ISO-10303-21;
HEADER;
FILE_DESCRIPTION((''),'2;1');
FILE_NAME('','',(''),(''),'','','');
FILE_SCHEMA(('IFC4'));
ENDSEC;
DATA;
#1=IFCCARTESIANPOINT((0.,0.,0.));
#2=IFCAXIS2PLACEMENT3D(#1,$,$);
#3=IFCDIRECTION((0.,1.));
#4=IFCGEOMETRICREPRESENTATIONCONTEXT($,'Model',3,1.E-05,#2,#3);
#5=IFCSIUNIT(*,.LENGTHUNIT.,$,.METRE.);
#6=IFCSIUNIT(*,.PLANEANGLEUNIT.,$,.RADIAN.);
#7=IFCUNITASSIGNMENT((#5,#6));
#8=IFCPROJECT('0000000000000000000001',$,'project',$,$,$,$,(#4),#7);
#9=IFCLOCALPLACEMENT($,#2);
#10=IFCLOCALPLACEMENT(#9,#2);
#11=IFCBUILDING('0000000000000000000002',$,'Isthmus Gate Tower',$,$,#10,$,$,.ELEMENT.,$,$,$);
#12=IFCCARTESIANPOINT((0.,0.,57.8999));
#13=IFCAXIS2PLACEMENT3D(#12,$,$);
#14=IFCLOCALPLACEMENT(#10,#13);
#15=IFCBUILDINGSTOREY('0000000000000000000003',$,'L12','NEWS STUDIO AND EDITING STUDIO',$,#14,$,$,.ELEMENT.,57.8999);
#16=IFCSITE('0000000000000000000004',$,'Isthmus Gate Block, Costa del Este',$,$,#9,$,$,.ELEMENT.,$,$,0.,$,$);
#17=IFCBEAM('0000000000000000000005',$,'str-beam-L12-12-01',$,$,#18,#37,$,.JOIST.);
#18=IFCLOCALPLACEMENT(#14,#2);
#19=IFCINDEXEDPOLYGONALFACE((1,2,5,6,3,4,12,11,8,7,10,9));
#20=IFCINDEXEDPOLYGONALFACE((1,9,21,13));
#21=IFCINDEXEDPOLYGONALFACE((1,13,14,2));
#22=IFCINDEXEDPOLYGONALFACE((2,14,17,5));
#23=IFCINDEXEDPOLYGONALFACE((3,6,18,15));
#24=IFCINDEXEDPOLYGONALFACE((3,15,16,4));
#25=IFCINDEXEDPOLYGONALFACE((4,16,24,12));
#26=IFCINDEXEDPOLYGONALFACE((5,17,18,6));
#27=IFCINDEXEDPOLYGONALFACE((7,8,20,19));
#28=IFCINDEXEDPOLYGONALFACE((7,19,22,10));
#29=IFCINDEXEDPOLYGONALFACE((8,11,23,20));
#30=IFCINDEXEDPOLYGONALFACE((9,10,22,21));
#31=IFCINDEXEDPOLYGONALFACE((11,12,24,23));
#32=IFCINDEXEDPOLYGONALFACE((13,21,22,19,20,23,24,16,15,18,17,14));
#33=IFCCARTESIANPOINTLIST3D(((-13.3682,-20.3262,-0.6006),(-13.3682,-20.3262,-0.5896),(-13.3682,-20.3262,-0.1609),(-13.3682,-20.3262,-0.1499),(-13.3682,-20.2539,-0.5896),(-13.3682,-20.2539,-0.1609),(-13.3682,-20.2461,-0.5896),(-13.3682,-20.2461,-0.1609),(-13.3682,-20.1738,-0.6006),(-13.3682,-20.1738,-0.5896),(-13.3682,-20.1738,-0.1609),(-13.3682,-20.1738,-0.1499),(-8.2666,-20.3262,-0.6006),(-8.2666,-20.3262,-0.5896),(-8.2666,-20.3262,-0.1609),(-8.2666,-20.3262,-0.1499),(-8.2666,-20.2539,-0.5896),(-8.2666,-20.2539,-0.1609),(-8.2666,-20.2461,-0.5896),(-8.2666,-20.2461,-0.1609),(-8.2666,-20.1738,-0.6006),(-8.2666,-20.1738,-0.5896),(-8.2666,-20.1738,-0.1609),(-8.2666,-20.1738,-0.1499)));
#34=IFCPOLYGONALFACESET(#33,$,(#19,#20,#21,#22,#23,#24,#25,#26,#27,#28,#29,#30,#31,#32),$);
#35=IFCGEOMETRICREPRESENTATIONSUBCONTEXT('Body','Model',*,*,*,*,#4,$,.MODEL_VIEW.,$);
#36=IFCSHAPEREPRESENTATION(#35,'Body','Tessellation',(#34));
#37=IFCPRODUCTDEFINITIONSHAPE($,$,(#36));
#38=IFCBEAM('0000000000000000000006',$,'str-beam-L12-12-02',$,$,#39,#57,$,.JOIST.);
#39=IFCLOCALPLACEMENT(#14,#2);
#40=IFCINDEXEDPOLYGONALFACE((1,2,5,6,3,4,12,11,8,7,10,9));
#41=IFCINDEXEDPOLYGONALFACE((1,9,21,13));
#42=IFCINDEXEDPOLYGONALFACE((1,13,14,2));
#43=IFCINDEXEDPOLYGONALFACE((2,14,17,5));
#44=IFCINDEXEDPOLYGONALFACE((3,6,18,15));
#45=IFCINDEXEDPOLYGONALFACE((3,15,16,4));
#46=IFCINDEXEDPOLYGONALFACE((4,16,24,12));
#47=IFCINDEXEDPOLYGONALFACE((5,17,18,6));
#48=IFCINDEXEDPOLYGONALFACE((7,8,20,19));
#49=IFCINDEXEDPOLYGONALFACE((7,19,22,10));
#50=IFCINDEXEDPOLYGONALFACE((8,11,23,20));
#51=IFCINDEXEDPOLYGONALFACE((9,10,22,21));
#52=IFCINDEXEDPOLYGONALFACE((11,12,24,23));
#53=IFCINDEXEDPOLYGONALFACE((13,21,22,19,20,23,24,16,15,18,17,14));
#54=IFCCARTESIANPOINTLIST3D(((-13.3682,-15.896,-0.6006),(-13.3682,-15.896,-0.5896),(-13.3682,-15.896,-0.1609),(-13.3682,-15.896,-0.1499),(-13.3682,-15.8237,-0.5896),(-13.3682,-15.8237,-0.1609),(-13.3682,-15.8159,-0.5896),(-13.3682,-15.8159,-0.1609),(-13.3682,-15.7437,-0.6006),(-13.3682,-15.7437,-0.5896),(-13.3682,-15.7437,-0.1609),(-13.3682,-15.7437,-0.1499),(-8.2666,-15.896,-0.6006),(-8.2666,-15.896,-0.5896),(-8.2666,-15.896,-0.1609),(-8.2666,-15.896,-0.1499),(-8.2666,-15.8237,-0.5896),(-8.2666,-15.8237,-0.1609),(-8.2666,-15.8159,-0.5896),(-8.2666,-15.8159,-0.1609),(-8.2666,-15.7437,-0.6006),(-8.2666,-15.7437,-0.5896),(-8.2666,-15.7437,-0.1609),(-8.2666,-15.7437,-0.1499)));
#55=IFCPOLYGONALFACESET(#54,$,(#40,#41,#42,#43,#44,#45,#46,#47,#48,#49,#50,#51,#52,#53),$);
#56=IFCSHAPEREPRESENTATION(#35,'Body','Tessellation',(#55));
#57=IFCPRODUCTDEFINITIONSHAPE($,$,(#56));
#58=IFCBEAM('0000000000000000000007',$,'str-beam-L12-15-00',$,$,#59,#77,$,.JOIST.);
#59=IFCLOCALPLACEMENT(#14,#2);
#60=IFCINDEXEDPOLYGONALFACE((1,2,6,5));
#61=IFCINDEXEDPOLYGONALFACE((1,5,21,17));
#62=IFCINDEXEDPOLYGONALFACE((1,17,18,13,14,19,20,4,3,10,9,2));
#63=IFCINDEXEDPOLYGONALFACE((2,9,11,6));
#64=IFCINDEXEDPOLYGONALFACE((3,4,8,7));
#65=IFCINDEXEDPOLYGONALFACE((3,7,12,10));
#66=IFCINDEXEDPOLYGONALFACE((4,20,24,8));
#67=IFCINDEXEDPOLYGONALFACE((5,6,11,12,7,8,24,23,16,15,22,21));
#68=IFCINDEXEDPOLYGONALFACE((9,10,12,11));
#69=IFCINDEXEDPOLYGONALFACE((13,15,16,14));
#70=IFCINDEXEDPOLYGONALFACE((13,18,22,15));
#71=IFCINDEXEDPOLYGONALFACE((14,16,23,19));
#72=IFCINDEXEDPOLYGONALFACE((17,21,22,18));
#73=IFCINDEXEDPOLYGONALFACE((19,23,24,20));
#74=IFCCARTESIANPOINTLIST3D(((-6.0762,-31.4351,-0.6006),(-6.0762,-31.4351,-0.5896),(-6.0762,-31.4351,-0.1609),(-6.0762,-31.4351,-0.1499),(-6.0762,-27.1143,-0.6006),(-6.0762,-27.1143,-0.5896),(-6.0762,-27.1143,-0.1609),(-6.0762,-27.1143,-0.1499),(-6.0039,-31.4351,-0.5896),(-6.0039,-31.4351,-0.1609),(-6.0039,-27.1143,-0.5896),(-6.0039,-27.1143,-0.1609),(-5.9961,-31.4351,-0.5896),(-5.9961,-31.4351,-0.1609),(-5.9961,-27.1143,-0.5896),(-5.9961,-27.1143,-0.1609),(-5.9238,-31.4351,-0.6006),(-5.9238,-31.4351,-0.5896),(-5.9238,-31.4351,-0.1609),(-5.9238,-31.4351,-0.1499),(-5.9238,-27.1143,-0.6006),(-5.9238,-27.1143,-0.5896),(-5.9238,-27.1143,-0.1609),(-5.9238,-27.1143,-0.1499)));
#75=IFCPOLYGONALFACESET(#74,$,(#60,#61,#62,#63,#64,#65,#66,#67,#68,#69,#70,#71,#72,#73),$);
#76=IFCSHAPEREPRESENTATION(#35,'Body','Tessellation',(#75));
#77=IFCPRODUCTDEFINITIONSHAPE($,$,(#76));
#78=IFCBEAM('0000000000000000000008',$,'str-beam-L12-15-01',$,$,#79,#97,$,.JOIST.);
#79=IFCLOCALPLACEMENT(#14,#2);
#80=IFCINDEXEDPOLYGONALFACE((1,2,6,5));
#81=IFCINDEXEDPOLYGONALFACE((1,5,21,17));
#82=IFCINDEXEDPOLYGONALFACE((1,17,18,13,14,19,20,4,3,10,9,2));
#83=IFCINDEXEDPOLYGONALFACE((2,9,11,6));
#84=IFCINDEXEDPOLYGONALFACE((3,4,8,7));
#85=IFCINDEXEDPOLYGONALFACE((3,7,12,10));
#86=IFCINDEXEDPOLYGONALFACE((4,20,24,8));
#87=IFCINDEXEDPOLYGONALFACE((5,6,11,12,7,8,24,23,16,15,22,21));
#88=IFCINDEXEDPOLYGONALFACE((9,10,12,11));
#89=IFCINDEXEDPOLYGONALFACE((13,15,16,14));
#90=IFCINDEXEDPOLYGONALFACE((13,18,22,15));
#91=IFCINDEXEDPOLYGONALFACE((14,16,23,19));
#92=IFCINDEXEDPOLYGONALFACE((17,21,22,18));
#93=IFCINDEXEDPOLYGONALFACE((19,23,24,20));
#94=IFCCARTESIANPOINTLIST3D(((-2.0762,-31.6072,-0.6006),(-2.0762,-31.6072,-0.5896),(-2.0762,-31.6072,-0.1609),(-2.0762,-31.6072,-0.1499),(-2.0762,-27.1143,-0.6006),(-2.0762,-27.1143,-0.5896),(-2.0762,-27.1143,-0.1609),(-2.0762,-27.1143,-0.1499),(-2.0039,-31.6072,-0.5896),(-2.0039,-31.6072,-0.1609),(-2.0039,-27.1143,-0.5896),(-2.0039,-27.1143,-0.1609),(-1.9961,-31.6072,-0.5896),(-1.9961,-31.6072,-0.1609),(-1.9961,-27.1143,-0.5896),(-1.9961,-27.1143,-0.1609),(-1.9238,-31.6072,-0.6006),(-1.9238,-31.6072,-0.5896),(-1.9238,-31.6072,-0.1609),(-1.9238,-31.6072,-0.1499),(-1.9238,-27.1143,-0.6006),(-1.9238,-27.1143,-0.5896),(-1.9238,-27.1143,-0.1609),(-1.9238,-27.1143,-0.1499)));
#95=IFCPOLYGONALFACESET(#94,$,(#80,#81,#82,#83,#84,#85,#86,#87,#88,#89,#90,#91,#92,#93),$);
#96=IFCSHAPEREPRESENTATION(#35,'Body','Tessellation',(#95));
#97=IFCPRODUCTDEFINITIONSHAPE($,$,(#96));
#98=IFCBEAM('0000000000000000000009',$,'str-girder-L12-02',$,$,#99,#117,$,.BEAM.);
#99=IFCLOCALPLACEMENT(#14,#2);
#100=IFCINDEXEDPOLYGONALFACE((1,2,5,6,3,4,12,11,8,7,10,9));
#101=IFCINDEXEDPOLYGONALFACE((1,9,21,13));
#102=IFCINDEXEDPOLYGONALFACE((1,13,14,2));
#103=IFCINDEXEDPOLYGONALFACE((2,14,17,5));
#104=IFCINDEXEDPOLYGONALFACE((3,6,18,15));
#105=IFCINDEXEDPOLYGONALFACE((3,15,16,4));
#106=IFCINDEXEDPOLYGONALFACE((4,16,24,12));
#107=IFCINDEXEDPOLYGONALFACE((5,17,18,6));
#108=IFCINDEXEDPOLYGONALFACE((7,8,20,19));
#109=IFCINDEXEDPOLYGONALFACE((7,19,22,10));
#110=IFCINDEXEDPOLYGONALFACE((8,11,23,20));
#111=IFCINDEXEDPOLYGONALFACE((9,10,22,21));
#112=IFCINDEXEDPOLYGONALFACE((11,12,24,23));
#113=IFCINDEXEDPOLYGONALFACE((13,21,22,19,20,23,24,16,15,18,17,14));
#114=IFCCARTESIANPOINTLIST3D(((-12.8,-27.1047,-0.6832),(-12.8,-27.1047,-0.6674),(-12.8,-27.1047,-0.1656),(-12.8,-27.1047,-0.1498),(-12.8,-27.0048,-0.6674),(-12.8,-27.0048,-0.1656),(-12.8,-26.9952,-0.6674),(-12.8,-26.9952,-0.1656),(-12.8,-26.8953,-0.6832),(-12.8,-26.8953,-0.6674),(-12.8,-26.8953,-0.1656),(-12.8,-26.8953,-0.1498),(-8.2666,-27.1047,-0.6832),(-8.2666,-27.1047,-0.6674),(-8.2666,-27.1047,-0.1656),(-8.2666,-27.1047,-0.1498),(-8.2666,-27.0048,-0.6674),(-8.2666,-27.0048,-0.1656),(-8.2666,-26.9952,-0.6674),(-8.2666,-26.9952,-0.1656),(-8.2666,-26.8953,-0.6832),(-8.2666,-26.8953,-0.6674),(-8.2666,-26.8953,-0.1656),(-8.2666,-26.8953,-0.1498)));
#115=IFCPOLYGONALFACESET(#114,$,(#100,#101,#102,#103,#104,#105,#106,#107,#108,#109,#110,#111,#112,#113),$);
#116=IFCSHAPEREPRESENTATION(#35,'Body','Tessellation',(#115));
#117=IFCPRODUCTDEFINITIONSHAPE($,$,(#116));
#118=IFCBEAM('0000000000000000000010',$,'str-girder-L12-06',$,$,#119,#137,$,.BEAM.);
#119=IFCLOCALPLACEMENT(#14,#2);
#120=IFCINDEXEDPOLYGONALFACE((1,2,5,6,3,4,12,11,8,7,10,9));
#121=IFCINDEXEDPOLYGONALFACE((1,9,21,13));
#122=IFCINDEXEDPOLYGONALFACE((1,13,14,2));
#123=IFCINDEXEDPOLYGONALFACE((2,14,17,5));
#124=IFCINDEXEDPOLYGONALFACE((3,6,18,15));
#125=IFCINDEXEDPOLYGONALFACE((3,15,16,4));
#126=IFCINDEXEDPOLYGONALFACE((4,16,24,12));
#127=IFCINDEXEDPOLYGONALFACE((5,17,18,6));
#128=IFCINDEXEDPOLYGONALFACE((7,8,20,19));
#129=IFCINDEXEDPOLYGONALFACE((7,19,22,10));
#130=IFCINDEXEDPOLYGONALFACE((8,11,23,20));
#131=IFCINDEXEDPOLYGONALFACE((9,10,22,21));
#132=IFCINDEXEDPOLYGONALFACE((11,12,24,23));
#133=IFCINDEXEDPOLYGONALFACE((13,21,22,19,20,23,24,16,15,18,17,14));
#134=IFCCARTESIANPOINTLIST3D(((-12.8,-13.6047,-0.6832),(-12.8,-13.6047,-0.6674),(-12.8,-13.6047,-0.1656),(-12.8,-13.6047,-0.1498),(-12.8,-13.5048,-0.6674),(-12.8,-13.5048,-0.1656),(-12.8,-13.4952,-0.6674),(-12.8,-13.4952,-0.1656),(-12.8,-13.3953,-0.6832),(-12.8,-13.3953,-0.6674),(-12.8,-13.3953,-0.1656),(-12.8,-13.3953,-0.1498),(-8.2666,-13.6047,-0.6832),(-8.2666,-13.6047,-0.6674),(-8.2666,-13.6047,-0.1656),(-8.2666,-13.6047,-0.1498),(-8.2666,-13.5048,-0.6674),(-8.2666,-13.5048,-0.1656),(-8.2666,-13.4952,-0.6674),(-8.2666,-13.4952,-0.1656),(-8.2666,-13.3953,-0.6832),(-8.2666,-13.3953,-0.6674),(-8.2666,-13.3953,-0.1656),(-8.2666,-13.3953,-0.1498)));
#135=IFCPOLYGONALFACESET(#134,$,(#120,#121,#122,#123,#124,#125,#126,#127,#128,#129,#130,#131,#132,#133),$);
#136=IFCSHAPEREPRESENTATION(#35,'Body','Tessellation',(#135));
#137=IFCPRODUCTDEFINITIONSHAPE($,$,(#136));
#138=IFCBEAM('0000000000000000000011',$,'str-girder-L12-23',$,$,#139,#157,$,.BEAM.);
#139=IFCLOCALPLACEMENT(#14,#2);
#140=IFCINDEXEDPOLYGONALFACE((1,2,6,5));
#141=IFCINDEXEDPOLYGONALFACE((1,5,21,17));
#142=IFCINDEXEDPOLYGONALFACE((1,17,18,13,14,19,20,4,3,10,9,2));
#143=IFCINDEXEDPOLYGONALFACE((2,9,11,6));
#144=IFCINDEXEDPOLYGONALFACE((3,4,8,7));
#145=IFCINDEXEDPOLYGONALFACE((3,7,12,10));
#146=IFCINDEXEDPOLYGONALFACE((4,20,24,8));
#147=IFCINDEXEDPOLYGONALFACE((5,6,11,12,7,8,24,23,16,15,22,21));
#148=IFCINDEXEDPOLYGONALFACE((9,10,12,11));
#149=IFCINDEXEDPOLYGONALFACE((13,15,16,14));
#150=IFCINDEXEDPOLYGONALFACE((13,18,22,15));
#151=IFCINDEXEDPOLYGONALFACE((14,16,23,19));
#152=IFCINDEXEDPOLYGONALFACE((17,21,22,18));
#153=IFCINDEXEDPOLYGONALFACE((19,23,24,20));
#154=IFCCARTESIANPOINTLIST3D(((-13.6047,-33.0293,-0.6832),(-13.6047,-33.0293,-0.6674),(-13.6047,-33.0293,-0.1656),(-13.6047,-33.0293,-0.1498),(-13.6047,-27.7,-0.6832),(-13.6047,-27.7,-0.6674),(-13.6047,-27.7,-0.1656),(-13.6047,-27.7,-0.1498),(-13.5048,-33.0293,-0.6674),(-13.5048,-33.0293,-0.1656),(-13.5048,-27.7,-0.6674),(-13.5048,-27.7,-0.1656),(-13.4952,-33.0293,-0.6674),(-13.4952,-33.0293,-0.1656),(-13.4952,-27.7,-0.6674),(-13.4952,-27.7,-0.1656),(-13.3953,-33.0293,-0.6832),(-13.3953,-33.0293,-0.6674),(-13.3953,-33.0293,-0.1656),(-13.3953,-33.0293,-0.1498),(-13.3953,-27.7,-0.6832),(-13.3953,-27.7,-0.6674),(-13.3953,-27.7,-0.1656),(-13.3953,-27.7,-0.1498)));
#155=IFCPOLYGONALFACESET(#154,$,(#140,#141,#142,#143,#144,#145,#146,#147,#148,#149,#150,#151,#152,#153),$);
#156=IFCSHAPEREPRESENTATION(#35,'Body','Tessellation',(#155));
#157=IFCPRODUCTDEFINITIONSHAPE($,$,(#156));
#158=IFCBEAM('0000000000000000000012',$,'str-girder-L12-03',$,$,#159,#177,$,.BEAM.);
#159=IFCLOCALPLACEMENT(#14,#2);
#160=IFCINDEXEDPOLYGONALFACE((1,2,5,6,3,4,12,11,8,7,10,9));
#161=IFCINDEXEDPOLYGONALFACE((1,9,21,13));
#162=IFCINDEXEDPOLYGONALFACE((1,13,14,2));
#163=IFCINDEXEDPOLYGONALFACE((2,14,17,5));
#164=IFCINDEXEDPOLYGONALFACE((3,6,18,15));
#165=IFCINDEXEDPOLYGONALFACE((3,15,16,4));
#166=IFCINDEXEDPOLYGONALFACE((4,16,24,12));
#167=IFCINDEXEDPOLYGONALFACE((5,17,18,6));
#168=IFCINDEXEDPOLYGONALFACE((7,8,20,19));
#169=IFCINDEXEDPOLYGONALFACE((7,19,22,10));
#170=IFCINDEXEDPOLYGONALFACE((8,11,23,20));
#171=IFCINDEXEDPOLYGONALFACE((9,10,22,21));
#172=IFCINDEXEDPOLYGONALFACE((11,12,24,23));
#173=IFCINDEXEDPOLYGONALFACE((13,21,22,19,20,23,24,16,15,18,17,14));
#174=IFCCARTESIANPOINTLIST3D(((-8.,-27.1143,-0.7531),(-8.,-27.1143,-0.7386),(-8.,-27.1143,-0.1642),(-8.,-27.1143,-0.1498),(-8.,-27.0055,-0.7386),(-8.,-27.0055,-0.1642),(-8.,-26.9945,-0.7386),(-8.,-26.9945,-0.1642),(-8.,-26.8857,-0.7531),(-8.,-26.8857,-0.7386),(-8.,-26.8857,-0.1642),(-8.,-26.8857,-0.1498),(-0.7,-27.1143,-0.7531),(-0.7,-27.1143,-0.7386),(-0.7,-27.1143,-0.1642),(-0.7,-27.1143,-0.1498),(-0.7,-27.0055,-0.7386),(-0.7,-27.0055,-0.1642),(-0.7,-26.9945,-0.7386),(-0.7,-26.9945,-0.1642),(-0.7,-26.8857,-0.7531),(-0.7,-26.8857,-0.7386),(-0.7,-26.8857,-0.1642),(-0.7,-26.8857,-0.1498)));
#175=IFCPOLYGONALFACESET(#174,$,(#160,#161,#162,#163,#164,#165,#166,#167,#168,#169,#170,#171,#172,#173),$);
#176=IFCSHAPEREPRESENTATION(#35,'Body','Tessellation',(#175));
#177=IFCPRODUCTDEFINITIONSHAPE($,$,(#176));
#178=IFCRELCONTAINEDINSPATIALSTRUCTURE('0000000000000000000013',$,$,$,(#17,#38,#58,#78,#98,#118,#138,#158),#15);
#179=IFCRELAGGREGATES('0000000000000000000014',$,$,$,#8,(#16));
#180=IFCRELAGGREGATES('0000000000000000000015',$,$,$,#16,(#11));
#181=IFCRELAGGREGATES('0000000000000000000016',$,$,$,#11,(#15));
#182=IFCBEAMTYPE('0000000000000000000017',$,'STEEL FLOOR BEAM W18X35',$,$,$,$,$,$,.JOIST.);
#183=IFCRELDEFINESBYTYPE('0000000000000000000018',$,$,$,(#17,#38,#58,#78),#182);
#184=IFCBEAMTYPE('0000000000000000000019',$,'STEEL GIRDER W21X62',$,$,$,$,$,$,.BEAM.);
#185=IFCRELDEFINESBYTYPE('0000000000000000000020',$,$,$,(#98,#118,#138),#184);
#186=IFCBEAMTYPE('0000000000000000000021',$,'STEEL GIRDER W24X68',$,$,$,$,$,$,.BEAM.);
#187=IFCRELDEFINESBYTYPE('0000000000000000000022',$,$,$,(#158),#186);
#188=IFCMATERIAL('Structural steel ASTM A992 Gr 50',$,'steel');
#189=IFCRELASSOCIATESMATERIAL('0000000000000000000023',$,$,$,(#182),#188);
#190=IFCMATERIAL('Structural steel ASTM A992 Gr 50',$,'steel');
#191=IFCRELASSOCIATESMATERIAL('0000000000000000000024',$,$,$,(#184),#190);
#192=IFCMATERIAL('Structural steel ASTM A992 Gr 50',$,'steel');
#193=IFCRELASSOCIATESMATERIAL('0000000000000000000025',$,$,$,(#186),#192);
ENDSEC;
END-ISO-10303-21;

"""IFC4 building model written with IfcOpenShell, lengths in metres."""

from ifc_helpers import new_model, si_unit, direction, frame, origin, origin_2d, place, context, subcontext, project, spatial, i_section, extrude, material, material_profile, profile_set, type_object, element, save


model = new_model("IFC4")

# Units and contexts
model_context = context("Model", 3, precision=1e-05, world=origin(), true_north=direction((0.0, 1.0)))
body_context = subcontext(model_context, "Body", "Model", "MODEL_VIEW")
ifc_project = project(units=[si_unit("LENGTHUNIT", "METRE"), si_unit("PLANEANGLEUNIT", "RADIAN")], contexts=[model_context])

# Site, building, storey
site_placement = place(None, origin())
site = spatial("IfcSite", under=ifc_project, at=site_placement, Name="Isthmus Gate Block, Costa del Este", CompositionType="ELEMENT", RefElevation=0.0)
building_placement = place(site_placement, origin())
building = spatial("IfcBuilding", under=site, at=building_placement, Name="Isthmus Gate Tower", CompositionType="ELEMENT")
storey_placement = place(building_placement, frame((0.0, 0.0, 57.8999)))
storey = spatial("IfcBuildingStorey", under=building, at=storey_placement, Name="L12", Description="NEWS STUDIO AND EDITING STUDIO", CompositionType="ELEMENT", Elevation=57.8999)

# Beams
ifc_material_1 = material(Name="Structural steel ASTM A992 Gr 50", Category="steel")
ifc_material_profile_1 = material_profile(ifc_material_1, i_section(OverallWidth=0.1523, OverallDepth=0.4507, WebThickness=0.0078, FlangeThickness=0.011, at=origin_2d()), Name="W18X35")
ifc_profile_set_1 = profile_set([ifc_material_profile_1], Name="Structural steel ASTM A992 Gr 50")
beam_type_1 = type_object("IfcBeamType", Name="STEEL FLOOR BEAM W18X35", PredefinedType="JOIST", material=ifc_profile_set_1)
for number, where, z_axis, x_axis, name in (
    (1, (-13.3682, -20.25, -0.3752), (1.0, 0.0, 0.0), (0.0, 1.0, 0.0), "str-beam-L12-12-01"),
    (2, (-13.3682, -15.8198, -0.3752), (1.0, 0.0, 0.0), (0.0, 1.0, 0.0), "str-beam-L12-12-02"),
):
    element("IfcBeam", number, at=place(storey_placement, frame(where, z_axis=z_axis, x_axis=x_axis)), inside=storey, type_object=beam_type_1, Name=name, PredefinedType="JOIST", context=body_context, shape_type="SweptSolid", body=[
        extrude(i_section(OverallWidth=0.1523, OverallDepth=0.4507, WebThickness=0.0078, FlangeThickness=0.011, at=origin_2d()), origin(), (0.0, 0.0, 1.0), 5.1016),
    ])
beam_1_placement = place(storey_placement, frame((-6.0, -31.4351, -0.3752), z_axis=(0.0, 1.0, 0.0), x_axis=(-1.0, 0.0, 0.0)))
element("IfcBeam", 3, at=beam_1_placement, inside=storey, type_object=beam_type_1, Name="str-beam-L12-15-00", PredefinedType="JOIST", context=body_context, shape_type="SweptSolid", body=[
    extrude(i_section(OverallWidth=0.1523, OverallDepth=0.4507, WebThickness=0.0078, FlangeThickness=0.011, at=origin_2d()), origin(), (0.0, 0.0, 1.0), 4.3208),
])
beam_2_placement = place(storey_placement, frame((-2.0, -31.6072, -0.3752), z_axis=(0.0, 1.0, 0.0), x_axis=(-1.0, 0.0, 0.0)))
element("IfcBeam", 4, at=beam_2_placement, inside=storey, type_object=beam_type_1, Name="str-beam-L12-15-01", PredefinedType="JOIST", context=body_context, shape_type="SweptSolid", body=[
    extrude(i_section(OverallWidth=0.1523, OverallDepth=0.4507, WebThickness=0.0078, FlangeThickness=0.011, at=origin_2d()), origin(), (0.0, 0.0, 1.0), 4.4929),
])
ifc_material_2 = material(Name="Structural steel ASTM A992 Gr 50", Category="steel")
ifc_material_profile_2 = material_profile(ifc_material_2, i_section(OverallWidth=0.2095, OverallDepth=0.5334, WebThickness=0.0095, FlangeThickness=0.0159, at=origin_2d()), Name="W21X62")
ifc_profile_set_2 = profile_set([ifc_material_profile_2], Name="Structural steel ASTM A992 Gr 50")
beam_type_2 = type_object("IfcBeamType", Name="STEEL GIRDER W21X62", PredefinedType="BEAM", material=ifc_profile_set_2)
for number, where, z_axis, x_axis, name in (
    (5, (-12.8, -27.0, -0.4165), (1.0, 0.0, 0.0), (0.0, 1.0, 0.0), "str-girder-L12-02"),
    (6, (-12.8, -13.5, -0.4165), (1.0, 0.0, 0.0), (0.0, 1.0, 0.0), "str-girder-L12-06"),
):
    element("IfcBeam", number, at=place(storey_placement, frame(where, z_axis=z_axis, x_axis=x_axis)), inside=storey, type_object=beam_type_2, Name=name, PredefinedType="BEAM", context=body_context, shape_type="SweptSolid", body=[
        extrude(i_section(OverallWidth=0.2095, OverallDepth=0.5334, WebThickness=0.0095, FlangeThickness=0.0159, at=origin_2d()), origin(), (0.0, 0.0, 1.0), 4.5334),
    ])
beam_3_placement = place(storey_placement, frame((-13.5, -33.0293, -0.4165), z_axis=(0.0, 1.0, 0.0), x_axis=(-1.0, 0.0, 0.0)))
element("IfcBeam", 7, at=beam_3_placement, inside=storey, type_object=beam_type_2, Name="str-girder-L12-23", PredefinedType="BEAM", context=body_context, shape_type="SweptSolid", body=[
    extrude(i_section(OverallWidth=0.2095, OverallDepth=0.5334, WebThickness=0.0095, FlangeThickness=0.0159, at=origin_2d()), origin(), (0.0, 0.0, 1.0), 5.3293),
])
ifc_material_3 = material(Name="Structural steel ASTM A992 Gr 50", Category="steel")
ifc_material_profile_3 = material_profile(ifc_material_3, i_section(OverallWidth=0.2285, OverallDepth=0.6033, WebThickness=0.011, FlangeThickness=0.0144, at=origin_2d()), Name="W24X68")
ifc_profile_set_3 = profile_set([ifc_material_profile_3], Name="Structural steel ASTM A992 Gr 50")
beam_type_3 = type_object("IfcBeamType", Name="STEEL GIRDER W24X68", PredefinedType="BEAM", material=ifc_profile_set_3)
beam_4_placement = place(storey_placement, frame((-8.0, -27.0, -0.4514), z_axis=(1.0, 0.0, 0.0), x_axis=(0.0, 1.0, 0.0)))
element("IfcBeam", 8, at=beam_4_placement, inside=storey, type_object=beam_type_3, Name="str-girder-L12-03", PredefinedType="BEAM", context=body_context, shape_type="SweptSolid", body=[
    extrude(i_section(OverallWidth=0.2285, OverallDepth=0.6033, WebThickness=0.011, FlangeThickness=0.0144, at=origin_2d()), origin(), (0.0, 0.0, 1.0), 7.3),
])

save(model, "model.ifc")
